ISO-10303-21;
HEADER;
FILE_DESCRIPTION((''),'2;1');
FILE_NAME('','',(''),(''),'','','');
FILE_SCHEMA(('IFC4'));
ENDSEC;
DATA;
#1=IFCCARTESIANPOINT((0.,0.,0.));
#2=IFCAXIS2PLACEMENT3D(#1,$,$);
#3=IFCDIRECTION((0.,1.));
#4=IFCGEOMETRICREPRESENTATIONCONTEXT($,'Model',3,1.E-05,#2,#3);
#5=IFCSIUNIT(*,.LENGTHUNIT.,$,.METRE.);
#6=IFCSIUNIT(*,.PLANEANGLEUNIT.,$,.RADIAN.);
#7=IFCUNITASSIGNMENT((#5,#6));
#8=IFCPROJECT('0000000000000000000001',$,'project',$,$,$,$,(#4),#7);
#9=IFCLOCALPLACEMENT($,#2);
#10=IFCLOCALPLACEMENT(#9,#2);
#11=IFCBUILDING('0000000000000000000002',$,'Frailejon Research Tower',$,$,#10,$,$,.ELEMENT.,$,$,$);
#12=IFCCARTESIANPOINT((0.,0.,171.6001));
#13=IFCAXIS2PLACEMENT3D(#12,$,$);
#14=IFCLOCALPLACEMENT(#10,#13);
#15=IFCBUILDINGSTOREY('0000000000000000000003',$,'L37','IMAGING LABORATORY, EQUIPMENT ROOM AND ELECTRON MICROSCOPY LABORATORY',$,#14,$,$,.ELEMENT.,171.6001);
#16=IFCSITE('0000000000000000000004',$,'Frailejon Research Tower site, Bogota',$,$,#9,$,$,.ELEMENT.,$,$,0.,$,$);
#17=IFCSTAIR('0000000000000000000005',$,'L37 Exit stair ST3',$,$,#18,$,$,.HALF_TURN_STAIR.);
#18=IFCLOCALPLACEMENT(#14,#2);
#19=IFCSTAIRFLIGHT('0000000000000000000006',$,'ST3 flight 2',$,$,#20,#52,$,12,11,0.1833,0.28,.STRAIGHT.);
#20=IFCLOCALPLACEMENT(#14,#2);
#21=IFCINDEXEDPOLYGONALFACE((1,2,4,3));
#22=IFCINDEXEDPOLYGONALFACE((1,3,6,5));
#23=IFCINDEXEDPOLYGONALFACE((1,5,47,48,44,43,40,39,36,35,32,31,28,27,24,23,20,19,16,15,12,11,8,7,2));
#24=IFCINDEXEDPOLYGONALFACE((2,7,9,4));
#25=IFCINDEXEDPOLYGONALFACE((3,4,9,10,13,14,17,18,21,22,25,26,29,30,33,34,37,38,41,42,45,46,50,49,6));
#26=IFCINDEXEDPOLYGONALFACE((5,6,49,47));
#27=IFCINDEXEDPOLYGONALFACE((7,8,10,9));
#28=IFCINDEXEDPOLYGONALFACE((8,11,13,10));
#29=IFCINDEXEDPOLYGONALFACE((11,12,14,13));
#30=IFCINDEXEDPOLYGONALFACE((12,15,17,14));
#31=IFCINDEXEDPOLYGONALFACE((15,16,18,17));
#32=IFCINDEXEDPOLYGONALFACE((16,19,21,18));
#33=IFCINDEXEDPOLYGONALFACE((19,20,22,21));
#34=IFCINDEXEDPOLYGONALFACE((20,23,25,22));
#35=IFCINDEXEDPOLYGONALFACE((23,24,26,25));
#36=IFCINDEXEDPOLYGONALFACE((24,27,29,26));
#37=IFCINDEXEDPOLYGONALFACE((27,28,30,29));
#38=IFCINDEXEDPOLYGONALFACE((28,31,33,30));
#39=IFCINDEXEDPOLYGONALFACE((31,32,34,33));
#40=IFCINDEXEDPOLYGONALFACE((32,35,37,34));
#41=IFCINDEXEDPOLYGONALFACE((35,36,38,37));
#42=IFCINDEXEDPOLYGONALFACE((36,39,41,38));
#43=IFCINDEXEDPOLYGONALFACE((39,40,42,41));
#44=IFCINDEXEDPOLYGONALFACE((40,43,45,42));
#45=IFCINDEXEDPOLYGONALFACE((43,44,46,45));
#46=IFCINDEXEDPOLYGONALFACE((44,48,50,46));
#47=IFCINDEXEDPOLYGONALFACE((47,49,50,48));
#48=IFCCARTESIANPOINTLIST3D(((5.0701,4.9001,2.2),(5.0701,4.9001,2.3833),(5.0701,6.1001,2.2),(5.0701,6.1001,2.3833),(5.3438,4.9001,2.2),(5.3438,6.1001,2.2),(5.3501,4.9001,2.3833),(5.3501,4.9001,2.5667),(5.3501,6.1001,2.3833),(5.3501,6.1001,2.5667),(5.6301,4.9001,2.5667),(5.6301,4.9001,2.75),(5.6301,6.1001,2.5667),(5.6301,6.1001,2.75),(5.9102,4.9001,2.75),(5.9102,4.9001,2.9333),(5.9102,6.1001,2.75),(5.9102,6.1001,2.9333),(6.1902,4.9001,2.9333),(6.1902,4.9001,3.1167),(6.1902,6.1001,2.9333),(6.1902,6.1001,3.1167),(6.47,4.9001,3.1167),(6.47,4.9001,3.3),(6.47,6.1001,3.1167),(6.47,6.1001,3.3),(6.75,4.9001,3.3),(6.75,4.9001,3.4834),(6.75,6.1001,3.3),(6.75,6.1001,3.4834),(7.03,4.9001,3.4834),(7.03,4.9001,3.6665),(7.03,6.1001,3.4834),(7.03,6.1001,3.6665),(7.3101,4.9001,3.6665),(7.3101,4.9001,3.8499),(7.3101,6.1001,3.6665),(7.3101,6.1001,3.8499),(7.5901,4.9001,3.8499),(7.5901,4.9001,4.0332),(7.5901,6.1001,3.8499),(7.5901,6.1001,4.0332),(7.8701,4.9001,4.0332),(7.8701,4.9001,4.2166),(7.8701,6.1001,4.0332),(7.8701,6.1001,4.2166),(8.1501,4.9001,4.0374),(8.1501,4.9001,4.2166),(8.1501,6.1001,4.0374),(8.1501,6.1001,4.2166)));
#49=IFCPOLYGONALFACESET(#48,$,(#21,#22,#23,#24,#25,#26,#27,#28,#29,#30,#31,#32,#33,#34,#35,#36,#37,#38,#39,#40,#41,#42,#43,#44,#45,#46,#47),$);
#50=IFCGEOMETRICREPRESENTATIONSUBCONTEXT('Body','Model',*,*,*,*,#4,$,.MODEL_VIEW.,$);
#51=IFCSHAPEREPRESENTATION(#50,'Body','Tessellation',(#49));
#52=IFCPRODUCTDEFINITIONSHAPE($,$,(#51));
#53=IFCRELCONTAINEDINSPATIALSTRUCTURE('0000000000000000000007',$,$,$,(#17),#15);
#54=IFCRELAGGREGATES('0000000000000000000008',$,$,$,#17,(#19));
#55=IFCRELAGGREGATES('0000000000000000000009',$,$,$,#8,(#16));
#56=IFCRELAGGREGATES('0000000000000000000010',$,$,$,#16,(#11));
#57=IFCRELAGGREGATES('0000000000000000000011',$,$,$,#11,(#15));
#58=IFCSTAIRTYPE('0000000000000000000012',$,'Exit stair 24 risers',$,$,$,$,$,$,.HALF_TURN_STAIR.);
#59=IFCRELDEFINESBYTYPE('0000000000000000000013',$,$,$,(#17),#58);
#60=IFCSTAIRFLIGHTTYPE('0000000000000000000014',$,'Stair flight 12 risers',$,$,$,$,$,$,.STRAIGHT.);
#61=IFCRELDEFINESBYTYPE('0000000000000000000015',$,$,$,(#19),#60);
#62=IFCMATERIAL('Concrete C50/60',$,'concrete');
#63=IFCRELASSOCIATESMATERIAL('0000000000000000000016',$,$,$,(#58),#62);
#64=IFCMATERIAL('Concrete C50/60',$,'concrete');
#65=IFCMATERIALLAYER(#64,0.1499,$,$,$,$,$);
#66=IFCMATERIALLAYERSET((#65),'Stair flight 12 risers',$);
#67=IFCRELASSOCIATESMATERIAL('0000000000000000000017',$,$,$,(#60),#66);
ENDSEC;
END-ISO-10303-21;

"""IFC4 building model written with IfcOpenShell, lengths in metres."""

from ifc_helpers import new_model, si_unit, direction, frame, origin, place, context, subcontext, project, spatial, polyline, outline, extrude, material, layer, layer_set, type_object, element, aggregate, save


model = new_model("IFC4")

# Units and contexts
model_context = context("Model", 3, precision=1e-05, world=origin(), true_north=direction((0.0, 1.0)))
body_context = subcontext(model_context, "Body", "Model", "MODEL_VIEW")
ifc_project = project(units=[si_unit("LENGTHUNIT", "METRE"), si_unit("PLANEANGLEUNIT", "RADIAN")], contexts=[model_context])

# Site, building, storey
site_placement = place(None, origin())
site = spatial("IfcSite", under=ifc_project, at=site_placement, Name="Frailejon Research Tower site, Bogota", CompositionType="ELEMENT", RefElevation=0.0)
building_placement = place(site_placement, origin())
building = spatial("IfcBuilding", under=site, at=building_placement, Name="Frailejon Research Tower", CompositionType="ELEMENT")
storey_placement = place(building_placement, frame((0.0, 0.0, 171.6001)))
storey = spatial("IfcBuildingStorey", under=building, at=storey_placement, Name="L37", Description="IMAGING LABORATORY, EQUIPMENT ROOM AND ELECTRON MICROSCOPY LABORATORY", CompositionType="ELEMENT", Elevation=171.6001)

# Stair
ifc_material_1 = material(Name="Concrete C50/60", Category="concrete")
stair_type = type_object("IfcStairType", Name="Exit stair 24 risers", PredefinedType="HALF_TURN_STAIR", material=ifc_material_1)
stair_1_placement = place(storey_placement, origin())
stair_1 = element("IfcStair", 1, at=stair_1_placement, inside=storey, type_object=stair_type, Name="L37 Exit stair ST3", PredefinedType="HALF_TURN_STAIR")

# Stair flight
ifc_material_2 = material(Name="Concrete C50/60", Category="concrete")
ifc_layer_1 = layer(ifc_material_2, 0.1499)
ifc_layer_set_1 = layer_set([ifc_layer_1], Name="Stair flight 12 risers")
stair_flight_type = type_object("IfcStairFlightType", Name="Stair flight 12 risers", PredefinedType="STRAIGHT", material=ifc_layer_set_1)
stair_flight_1_placement = place(storey_placement, frame((5.0701, 5.5, 2.2), z_axis=(0.0, 0.0, 1.0), x_axis=(1.0, 0.0, 0.0)))
stair_flight_1 = element("IfcStairFlight", 2, at=stair_flight_1_placement, type_object=stair_flight_type, Name="ST3 flight 2", NumberOfRisers=12, NumberOfTreads=11, PredefinedType="STRAIGHT", RiserHeight=0.1833, TreadLength=0.28, context=body_context, shape_type="SweptSolid", body=[
    extrude(outline(polyline([(0.0, 0.0), (0.0, 0.1833), (0.28, 0.1833), (0.28, 0.3667), (0.5601, 0.3667), (0.5601, 0.55), (0.8401, 0.55), (0.8401, 0.7334), (1.1201, 0.7334), (1.1201, 0.9167), (1.3999, 0.9167), (1.3999, 1.1001), (1.6799, 1.1001), (1.6799, 1.2834), (1.96, 1.2834), (1.96, 1.4666), (2.24, 1.4666), (2.24, 1.6499), (2.52, 1.6499), (2.52, 1.8333), (2.8, 1.8333), (2.8, 2.0166), (3.0801, 2.0166), (3.0801, 2.2), (3.0801, 1.8374), (0.2737, 0.0), (0.0, 0.0)])), frame((0.0, 0.6001, 0.0), z_axis=(0.0, -1.0, 0.0), x_axis=(1.0, 0.0, 0.0)), (0.0, 0.0, 1.0), 1.2),
])
aggregate(stair_1, [stair_flight_1])

save(model, "model.ifc")
